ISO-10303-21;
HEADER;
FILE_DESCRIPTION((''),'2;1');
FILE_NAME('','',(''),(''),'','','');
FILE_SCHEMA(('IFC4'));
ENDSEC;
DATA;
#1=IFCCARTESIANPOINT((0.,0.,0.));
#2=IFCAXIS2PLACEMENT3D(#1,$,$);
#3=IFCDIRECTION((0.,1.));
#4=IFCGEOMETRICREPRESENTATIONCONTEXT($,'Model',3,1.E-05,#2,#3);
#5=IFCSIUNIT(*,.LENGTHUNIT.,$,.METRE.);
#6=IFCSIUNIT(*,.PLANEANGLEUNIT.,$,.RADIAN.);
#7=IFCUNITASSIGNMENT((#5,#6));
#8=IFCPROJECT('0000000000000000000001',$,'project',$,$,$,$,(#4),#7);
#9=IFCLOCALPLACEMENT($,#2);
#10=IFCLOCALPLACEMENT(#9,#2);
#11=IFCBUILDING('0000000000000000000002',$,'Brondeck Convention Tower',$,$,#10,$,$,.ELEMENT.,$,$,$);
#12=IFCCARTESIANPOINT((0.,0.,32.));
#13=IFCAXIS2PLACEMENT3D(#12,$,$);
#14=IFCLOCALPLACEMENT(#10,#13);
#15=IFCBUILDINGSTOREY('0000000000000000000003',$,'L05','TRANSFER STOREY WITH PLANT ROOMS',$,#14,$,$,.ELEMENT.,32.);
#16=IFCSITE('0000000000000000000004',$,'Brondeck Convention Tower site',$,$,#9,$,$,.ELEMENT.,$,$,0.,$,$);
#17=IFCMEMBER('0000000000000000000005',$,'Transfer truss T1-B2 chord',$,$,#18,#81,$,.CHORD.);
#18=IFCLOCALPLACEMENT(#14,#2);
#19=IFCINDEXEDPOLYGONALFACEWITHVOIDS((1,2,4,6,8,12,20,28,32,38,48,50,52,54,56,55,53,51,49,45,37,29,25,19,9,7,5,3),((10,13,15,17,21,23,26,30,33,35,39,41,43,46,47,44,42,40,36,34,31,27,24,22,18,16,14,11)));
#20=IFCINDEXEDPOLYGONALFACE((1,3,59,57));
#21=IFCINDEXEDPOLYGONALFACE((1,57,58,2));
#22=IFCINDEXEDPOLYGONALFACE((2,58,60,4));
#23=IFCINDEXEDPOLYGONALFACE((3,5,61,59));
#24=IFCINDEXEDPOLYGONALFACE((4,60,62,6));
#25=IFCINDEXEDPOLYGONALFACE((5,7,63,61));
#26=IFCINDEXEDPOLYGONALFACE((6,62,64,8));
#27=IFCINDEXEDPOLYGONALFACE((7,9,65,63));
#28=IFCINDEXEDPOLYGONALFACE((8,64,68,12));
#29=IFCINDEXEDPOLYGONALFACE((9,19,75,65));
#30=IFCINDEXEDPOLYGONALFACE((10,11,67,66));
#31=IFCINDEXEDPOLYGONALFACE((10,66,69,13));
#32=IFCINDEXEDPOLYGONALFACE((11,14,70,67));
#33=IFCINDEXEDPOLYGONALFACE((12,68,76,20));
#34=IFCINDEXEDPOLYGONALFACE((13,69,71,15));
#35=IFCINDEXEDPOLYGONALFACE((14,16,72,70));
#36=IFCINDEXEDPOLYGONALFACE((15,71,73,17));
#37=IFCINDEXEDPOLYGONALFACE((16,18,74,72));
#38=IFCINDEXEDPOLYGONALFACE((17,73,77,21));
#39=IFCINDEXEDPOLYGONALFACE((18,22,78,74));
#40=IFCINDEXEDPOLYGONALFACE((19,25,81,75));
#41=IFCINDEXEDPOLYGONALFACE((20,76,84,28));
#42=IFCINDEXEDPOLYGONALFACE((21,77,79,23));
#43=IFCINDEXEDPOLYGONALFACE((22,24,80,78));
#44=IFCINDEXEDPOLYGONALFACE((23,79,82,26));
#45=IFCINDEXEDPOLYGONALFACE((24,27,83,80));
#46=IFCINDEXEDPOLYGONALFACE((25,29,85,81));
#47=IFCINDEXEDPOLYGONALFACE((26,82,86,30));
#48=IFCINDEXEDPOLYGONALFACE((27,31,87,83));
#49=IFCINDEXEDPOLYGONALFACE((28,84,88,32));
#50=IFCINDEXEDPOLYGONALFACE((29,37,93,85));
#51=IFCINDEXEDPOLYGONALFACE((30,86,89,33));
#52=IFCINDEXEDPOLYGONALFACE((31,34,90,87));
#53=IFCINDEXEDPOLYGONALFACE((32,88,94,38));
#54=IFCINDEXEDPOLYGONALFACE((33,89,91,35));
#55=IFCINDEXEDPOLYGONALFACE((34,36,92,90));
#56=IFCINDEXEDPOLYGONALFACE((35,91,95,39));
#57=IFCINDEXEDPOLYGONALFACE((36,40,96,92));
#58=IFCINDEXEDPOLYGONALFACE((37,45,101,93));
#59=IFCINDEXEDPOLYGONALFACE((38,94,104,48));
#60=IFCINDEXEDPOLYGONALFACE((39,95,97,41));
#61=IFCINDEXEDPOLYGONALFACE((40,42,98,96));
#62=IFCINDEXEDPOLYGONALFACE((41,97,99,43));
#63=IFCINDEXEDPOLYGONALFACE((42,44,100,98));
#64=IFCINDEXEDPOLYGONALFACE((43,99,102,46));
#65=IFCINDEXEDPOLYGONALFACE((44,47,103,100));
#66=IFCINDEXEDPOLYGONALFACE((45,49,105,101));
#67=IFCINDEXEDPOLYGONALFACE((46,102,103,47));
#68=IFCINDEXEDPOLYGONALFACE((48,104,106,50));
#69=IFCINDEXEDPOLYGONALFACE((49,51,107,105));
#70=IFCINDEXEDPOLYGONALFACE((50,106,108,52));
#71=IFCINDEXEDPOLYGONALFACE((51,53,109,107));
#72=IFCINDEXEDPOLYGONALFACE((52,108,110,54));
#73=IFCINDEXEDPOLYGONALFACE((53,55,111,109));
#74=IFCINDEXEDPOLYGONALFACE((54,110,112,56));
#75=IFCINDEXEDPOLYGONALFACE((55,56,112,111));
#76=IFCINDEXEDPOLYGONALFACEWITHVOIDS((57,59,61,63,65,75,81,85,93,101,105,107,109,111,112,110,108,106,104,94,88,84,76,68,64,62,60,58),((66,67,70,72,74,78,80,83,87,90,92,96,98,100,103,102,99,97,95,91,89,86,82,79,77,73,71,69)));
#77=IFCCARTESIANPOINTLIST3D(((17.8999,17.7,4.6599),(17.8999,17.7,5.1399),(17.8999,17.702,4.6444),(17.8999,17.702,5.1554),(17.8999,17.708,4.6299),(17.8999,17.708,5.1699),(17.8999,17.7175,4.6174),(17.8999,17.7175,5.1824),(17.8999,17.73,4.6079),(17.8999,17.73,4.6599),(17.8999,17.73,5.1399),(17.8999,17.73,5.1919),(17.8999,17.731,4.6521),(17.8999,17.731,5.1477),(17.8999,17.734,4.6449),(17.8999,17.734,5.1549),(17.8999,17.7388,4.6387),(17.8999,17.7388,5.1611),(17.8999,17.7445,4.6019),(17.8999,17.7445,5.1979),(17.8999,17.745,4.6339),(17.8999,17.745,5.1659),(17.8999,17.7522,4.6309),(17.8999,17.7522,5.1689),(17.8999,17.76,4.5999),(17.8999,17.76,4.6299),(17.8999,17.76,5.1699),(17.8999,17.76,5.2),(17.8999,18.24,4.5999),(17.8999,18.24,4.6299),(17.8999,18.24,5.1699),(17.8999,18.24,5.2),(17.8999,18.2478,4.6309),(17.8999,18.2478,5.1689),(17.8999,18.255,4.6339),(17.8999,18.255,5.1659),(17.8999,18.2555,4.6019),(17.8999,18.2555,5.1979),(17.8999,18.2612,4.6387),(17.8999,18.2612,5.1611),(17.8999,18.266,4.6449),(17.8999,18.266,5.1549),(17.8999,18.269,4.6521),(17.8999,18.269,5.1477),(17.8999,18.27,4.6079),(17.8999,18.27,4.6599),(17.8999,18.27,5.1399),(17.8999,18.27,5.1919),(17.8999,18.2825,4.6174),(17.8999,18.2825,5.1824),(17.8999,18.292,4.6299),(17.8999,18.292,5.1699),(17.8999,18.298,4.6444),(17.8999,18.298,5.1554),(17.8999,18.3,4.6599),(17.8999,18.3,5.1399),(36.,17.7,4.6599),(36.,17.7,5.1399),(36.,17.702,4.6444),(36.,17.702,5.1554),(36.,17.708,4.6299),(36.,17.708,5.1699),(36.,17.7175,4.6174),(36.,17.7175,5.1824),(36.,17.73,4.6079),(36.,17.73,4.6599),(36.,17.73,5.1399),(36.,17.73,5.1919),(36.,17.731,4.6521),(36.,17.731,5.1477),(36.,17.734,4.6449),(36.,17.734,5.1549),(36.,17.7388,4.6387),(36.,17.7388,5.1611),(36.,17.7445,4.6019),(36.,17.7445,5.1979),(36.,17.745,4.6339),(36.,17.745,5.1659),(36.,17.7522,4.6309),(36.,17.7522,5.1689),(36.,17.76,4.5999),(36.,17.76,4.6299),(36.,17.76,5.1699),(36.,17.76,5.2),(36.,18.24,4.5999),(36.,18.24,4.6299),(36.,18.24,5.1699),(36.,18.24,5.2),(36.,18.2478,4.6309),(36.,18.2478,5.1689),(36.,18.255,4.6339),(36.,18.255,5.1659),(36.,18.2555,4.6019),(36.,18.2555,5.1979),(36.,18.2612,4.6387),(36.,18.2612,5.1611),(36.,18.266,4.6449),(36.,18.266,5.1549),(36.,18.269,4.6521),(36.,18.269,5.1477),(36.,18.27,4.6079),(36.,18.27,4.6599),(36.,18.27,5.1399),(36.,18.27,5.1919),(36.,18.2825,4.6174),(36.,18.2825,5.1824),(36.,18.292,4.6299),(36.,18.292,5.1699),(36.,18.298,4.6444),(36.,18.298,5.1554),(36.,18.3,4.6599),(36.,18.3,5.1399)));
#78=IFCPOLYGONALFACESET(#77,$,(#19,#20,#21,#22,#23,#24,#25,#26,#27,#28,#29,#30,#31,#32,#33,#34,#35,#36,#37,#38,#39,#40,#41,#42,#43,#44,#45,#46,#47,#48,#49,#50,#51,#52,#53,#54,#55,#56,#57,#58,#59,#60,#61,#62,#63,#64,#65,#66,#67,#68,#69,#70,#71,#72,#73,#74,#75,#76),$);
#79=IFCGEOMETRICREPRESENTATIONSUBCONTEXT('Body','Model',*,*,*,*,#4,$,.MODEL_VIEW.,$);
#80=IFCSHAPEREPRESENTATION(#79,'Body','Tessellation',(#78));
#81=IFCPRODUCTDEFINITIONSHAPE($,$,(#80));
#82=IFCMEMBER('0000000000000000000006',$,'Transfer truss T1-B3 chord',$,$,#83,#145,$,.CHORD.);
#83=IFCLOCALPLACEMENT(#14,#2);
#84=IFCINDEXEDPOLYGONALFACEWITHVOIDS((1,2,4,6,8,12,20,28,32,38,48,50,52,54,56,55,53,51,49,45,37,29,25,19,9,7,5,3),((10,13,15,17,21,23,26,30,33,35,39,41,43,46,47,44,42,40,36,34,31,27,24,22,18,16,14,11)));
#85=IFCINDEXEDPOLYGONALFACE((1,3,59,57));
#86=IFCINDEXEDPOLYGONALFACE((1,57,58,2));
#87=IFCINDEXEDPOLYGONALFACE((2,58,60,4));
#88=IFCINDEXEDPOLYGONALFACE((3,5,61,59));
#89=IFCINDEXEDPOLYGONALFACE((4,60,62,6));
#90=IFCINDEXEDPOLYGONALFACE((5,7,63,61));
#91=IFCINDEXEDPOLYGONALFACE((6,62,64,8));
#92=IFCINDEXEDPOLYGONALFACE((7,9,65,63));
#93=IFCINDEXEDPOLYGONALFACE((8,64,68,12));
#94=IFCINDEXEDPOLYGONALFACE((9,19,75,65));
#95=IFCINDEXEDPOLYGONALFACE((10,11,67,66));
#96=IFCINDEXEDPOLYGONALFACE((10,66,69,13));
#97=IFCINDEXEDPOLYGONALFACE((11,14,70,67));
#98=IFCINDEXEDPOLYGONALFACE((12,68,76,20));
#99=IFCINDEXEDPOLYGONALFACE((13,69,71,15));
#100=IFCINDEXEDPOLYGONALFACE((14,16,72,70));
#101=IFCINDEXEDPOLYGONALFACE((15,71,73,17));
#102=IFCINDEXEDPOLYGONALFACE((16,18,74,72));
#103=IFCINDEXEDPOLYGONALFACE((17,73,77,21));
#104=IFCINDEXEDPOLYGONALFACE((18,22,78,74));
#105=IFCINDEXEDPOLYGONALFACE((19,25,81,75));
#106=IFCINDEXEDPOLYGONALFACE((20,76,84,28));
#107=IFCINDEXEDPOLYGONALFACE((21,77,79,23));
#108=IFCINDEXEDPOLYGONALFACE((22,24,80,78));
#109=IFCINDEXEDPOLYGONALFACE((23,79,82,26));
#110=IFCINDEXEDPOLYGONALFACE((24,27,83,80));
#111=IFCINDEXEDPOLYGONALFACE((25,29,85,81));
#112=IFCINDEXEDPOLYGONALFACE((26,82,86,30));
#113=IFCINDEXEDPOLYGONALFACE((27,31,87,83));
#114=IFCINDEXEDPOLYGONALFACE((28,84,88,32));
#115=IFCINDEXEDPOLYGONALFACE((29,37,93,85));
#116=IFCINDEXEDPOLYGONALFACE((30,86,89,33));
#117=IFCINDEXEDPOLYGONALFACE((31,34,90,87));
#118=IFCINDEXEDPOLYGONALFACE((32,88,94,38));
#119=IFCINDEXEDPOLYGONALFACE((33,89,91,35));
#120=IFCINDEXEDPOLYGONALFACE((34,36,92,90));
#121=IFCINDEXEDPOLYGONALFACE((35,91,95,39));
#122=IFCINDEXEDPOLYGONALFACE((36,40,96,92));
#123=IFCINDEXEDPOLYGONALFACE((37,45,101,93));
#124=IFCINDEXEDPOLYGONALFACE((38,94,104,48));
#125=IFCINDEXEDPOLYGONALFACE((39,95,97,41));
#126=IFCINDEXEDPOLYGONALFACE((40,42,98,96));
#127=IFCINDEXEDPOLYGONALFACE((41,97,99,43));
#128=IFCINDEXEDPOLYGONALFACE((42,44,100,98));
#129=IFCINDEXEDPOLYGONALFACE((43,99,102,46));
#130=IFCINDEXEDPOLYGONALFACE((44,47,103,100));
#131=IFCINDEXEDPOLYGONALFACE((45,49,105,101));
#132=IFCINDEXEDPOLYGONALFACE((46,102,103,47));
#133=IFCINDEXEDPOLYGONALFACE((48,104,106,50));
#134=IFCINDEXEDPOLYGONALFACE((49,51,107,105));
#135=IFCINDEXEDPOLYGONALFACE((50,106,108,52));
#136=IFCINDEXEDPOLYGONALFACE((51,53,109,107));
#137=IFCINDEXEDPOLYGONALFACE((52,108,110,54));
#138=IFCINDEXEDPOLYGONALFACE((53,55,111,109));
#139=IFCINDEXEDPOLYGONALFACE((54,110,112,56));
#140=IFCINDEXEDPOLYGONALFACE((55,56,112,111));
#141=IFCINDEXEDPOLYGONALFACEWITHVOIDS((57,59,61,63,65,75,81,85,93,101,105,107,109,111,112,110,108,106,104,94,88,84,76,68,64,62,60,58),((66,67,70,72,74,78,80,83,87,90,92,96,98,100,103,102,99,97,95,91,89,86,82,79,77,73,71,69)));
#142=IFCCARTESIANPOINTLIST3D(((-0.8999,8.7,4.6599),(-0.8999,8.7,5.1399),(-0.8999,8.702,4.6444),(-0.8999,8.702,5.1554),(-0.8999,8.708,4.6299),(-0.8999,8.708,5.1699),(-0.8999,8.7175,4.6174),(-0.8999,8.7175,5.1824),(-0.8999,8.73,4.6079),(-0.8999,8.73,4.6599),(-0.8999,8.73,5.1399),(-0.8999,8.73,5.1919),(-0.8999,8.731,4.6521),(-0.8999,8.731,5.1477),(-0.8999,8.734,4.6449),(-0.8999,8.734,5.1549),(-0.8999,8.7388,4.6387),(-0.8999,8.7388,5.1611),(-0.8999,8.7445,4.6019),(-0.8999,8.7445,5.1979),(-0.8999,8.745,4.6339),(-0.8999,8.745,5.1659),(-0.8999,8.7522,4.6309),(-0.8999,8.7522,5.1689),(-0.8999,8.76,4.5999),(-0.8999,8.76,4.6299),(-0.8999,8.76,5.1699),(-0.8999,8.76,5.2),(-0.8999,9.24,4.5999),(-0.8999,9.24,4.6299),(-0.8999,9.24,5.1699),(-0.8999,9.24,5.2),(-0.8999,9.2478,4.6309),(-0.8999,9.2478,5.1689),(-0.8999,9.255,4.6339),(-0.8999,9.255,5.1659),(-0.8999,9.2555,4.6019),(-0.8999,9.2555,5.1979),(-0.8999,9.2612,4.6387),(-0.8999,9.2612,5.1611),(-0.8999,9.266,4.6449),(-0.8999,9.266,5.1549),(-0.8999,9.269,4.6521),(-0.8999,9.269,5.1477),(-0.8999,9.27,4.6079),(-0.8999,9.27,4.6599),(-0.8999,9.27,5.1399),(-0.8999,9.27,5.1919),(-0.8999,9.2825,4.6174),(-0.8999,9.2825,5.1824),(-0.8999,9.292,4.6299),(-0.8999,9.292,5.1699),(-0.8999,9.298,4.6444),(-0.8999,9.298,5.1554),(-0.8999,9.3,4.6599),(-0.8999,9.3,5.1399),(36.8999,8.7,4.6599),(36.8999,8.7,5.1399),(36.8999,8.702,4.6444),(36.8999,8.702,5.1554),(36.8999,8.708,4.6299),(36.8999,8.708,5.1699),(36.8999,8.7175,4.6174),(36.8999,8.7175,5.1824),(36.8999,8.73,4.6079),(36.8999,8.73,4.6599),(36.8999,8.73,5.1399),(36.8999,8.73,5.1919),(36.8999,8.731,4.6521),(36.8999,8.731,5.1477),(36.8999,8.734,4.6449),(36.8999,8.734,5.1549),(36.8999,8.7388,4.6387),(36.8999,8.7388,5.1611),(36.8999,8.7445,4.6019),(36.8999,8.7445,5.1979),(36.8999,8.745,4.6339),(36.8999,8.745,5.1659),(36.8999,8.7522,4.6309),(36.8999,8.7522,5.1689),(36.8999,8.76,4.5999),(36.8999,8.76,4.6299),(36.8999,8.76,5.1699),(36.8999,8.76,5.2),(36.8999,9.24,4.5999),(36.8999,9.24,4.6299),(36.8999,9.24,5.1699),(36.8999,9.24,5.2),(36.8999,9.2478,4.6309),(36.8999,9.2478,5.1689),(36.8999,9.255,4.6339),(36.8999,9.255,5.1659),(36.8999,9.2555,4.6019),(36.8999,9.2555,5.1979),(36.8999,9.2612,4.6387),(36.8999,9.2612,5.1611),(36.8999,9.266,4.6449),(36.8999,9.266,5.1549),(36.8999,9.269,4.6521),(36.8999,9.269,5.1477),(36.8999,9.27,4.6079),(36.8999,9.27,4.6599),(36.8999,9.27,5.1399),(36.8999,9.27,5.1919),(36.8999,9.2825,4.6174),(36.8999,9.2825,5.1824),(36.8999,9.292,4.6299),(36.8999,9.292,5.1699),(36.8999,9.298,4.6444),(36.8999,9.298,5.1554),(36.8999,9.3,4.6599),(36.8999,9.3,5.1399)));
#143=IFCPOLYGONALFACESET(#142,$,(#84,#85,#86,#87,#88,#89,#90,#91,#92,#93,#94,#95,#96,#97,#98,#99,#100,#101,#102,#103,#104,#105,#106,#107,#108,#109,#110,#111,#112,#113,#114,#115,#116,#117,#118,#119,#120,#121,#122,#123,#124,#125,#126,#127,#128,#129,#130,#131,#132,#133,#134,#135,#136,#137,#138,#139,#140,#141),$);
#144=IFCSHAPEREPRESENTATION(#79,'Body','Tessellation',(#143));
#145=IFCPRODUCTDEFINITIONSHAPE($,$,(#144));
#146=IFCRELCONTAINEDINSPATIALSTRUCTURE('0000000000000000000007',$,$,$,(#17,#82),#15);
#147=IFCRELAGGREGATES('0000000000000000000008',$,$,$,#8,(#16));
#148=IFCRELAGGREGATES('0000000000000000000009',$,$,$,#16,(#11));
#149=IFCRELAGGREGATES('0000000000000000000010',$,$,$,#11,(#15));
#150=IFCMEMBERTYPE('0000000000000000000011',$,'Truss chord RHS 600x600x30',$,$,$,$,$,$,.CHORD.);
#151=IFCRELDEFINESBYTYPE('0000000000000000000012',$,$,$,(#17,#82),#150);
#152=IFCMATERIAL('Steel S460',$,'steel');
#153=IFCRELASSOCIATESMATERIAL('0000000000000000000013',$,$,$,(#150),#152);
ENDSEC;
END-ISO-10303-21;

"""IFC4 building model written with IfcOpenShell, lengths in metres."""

from ifc_helpers import new_model, si_unit, direction, frame, origin, origin_2d, place, context, subcontext, project, spatial, hollow_rectangle, extrude, material, material_profile, profile_set, type_object, element, save


model = new_model("IFC4")

# Units and contexts
model_context = context("Model", 3, precision=1e-05, world=origin(), true_north=direction((0.0, 1.0)))
body_context = subcontext(model_context, "Body", "Model", "MODEL_VIEW")
ifc_project = project(units=[si_unit("LENGTHUNIT", "METRE"), si_unit("PLANEANGLEUNIT", "RADIAN")], contexts=[model_context])

# Site, building, storey
site_placement = place(None, origin())
site = spatial("IfcSite", under=ifc_project, at=site_placement, Name="Brondeck Convention Tower site", CompositionType="ELEMENT", RefElevation=0.0)
building_placement = place(site_placement, origin())
building = spatial("IfcBuilding", under=site, at=building_placement, Name="Brondeck Convention Tower", CompositionType="ELEMENT")
storey_placement = place(building_placement, frame((0.0, 0.0, 32.0)))
storey = spatial("IfcBuildingStorey", under=building, at=storey_placement, Name="L05", Description="TRANSFER STOREY WITH PLANT ROOMS", CompositionType="ELEMENT", Elevation=32.0)

# Shared definitions
ifc_material_1 = material(Name="Steel S460", Category="steel")

# Members
ifc_material_profile_1 = material_profile(ifc_material_1, hollow_rectangle(XDim=0.6001, YDim=0.6001, WallThickness=0.03, InnerFilletRadius=0.03, OuterFilletRadius=0.0601, at=origin_2d()), Name="RHS 600x600x30")
ifc_profile_set_1 = profile_set([ifc_material_profile_1], Name="Steel S460")
member_type_1 = type_object("IfcMemberType", Name="Truss chord RHS 600x600x30", PredefinedType="CHORD", material=ifc_profile_set_1)
member_1_placement = place(storey_placement, frame((36.0, 18.0, 4.8999), z_axis=(-1.0, 0.0, 0.0), x_axis=(0.0, -1.0, 0.0)))
element("IfcMember", 1, at=member_1_placement, inside=storey, type_object=member_type_1, Name="Transfer truss T1-B2 chord", PredefinedType="CHORD", context=body_context, shape_type="SweptSolid", body=[
    extrude(hollow_rectangle(XDim=0.6001, YDim=0.6001, WallThickness=0.03, InnerFilletRadius=0.03, OuterFilletRadius=0.0601, at=origin_2d()), origin(), (0.0, 0.0, 1.0), 18.1001),
])
member_2_placement = place(storey_placement, frame((36.8999, 9.0, 4.8999), z_axis=(-1.0, 0.0, 0.0), x_axis=(0.0, -1.0, 0.0)))
element("IfcMember", 2, at=member_2_placement, inside=storey, type_object=member_type_1, Name="Transfer truss T1-B3 chord", PredefinedType="CHORD", context=body_context, shape_type="SweptSolid", body=[
    extrude(hollow_rectangle(XDim=0.6001, YDim=0.6001, WallThickness=0.03, InnerFilletRadius=0.03, OuterFilletRadius=0.0601, at=origin_2d()), origin(), (0.0, 0.0, 1.0), 37.7998),
])

save(model, "model.ifc")
